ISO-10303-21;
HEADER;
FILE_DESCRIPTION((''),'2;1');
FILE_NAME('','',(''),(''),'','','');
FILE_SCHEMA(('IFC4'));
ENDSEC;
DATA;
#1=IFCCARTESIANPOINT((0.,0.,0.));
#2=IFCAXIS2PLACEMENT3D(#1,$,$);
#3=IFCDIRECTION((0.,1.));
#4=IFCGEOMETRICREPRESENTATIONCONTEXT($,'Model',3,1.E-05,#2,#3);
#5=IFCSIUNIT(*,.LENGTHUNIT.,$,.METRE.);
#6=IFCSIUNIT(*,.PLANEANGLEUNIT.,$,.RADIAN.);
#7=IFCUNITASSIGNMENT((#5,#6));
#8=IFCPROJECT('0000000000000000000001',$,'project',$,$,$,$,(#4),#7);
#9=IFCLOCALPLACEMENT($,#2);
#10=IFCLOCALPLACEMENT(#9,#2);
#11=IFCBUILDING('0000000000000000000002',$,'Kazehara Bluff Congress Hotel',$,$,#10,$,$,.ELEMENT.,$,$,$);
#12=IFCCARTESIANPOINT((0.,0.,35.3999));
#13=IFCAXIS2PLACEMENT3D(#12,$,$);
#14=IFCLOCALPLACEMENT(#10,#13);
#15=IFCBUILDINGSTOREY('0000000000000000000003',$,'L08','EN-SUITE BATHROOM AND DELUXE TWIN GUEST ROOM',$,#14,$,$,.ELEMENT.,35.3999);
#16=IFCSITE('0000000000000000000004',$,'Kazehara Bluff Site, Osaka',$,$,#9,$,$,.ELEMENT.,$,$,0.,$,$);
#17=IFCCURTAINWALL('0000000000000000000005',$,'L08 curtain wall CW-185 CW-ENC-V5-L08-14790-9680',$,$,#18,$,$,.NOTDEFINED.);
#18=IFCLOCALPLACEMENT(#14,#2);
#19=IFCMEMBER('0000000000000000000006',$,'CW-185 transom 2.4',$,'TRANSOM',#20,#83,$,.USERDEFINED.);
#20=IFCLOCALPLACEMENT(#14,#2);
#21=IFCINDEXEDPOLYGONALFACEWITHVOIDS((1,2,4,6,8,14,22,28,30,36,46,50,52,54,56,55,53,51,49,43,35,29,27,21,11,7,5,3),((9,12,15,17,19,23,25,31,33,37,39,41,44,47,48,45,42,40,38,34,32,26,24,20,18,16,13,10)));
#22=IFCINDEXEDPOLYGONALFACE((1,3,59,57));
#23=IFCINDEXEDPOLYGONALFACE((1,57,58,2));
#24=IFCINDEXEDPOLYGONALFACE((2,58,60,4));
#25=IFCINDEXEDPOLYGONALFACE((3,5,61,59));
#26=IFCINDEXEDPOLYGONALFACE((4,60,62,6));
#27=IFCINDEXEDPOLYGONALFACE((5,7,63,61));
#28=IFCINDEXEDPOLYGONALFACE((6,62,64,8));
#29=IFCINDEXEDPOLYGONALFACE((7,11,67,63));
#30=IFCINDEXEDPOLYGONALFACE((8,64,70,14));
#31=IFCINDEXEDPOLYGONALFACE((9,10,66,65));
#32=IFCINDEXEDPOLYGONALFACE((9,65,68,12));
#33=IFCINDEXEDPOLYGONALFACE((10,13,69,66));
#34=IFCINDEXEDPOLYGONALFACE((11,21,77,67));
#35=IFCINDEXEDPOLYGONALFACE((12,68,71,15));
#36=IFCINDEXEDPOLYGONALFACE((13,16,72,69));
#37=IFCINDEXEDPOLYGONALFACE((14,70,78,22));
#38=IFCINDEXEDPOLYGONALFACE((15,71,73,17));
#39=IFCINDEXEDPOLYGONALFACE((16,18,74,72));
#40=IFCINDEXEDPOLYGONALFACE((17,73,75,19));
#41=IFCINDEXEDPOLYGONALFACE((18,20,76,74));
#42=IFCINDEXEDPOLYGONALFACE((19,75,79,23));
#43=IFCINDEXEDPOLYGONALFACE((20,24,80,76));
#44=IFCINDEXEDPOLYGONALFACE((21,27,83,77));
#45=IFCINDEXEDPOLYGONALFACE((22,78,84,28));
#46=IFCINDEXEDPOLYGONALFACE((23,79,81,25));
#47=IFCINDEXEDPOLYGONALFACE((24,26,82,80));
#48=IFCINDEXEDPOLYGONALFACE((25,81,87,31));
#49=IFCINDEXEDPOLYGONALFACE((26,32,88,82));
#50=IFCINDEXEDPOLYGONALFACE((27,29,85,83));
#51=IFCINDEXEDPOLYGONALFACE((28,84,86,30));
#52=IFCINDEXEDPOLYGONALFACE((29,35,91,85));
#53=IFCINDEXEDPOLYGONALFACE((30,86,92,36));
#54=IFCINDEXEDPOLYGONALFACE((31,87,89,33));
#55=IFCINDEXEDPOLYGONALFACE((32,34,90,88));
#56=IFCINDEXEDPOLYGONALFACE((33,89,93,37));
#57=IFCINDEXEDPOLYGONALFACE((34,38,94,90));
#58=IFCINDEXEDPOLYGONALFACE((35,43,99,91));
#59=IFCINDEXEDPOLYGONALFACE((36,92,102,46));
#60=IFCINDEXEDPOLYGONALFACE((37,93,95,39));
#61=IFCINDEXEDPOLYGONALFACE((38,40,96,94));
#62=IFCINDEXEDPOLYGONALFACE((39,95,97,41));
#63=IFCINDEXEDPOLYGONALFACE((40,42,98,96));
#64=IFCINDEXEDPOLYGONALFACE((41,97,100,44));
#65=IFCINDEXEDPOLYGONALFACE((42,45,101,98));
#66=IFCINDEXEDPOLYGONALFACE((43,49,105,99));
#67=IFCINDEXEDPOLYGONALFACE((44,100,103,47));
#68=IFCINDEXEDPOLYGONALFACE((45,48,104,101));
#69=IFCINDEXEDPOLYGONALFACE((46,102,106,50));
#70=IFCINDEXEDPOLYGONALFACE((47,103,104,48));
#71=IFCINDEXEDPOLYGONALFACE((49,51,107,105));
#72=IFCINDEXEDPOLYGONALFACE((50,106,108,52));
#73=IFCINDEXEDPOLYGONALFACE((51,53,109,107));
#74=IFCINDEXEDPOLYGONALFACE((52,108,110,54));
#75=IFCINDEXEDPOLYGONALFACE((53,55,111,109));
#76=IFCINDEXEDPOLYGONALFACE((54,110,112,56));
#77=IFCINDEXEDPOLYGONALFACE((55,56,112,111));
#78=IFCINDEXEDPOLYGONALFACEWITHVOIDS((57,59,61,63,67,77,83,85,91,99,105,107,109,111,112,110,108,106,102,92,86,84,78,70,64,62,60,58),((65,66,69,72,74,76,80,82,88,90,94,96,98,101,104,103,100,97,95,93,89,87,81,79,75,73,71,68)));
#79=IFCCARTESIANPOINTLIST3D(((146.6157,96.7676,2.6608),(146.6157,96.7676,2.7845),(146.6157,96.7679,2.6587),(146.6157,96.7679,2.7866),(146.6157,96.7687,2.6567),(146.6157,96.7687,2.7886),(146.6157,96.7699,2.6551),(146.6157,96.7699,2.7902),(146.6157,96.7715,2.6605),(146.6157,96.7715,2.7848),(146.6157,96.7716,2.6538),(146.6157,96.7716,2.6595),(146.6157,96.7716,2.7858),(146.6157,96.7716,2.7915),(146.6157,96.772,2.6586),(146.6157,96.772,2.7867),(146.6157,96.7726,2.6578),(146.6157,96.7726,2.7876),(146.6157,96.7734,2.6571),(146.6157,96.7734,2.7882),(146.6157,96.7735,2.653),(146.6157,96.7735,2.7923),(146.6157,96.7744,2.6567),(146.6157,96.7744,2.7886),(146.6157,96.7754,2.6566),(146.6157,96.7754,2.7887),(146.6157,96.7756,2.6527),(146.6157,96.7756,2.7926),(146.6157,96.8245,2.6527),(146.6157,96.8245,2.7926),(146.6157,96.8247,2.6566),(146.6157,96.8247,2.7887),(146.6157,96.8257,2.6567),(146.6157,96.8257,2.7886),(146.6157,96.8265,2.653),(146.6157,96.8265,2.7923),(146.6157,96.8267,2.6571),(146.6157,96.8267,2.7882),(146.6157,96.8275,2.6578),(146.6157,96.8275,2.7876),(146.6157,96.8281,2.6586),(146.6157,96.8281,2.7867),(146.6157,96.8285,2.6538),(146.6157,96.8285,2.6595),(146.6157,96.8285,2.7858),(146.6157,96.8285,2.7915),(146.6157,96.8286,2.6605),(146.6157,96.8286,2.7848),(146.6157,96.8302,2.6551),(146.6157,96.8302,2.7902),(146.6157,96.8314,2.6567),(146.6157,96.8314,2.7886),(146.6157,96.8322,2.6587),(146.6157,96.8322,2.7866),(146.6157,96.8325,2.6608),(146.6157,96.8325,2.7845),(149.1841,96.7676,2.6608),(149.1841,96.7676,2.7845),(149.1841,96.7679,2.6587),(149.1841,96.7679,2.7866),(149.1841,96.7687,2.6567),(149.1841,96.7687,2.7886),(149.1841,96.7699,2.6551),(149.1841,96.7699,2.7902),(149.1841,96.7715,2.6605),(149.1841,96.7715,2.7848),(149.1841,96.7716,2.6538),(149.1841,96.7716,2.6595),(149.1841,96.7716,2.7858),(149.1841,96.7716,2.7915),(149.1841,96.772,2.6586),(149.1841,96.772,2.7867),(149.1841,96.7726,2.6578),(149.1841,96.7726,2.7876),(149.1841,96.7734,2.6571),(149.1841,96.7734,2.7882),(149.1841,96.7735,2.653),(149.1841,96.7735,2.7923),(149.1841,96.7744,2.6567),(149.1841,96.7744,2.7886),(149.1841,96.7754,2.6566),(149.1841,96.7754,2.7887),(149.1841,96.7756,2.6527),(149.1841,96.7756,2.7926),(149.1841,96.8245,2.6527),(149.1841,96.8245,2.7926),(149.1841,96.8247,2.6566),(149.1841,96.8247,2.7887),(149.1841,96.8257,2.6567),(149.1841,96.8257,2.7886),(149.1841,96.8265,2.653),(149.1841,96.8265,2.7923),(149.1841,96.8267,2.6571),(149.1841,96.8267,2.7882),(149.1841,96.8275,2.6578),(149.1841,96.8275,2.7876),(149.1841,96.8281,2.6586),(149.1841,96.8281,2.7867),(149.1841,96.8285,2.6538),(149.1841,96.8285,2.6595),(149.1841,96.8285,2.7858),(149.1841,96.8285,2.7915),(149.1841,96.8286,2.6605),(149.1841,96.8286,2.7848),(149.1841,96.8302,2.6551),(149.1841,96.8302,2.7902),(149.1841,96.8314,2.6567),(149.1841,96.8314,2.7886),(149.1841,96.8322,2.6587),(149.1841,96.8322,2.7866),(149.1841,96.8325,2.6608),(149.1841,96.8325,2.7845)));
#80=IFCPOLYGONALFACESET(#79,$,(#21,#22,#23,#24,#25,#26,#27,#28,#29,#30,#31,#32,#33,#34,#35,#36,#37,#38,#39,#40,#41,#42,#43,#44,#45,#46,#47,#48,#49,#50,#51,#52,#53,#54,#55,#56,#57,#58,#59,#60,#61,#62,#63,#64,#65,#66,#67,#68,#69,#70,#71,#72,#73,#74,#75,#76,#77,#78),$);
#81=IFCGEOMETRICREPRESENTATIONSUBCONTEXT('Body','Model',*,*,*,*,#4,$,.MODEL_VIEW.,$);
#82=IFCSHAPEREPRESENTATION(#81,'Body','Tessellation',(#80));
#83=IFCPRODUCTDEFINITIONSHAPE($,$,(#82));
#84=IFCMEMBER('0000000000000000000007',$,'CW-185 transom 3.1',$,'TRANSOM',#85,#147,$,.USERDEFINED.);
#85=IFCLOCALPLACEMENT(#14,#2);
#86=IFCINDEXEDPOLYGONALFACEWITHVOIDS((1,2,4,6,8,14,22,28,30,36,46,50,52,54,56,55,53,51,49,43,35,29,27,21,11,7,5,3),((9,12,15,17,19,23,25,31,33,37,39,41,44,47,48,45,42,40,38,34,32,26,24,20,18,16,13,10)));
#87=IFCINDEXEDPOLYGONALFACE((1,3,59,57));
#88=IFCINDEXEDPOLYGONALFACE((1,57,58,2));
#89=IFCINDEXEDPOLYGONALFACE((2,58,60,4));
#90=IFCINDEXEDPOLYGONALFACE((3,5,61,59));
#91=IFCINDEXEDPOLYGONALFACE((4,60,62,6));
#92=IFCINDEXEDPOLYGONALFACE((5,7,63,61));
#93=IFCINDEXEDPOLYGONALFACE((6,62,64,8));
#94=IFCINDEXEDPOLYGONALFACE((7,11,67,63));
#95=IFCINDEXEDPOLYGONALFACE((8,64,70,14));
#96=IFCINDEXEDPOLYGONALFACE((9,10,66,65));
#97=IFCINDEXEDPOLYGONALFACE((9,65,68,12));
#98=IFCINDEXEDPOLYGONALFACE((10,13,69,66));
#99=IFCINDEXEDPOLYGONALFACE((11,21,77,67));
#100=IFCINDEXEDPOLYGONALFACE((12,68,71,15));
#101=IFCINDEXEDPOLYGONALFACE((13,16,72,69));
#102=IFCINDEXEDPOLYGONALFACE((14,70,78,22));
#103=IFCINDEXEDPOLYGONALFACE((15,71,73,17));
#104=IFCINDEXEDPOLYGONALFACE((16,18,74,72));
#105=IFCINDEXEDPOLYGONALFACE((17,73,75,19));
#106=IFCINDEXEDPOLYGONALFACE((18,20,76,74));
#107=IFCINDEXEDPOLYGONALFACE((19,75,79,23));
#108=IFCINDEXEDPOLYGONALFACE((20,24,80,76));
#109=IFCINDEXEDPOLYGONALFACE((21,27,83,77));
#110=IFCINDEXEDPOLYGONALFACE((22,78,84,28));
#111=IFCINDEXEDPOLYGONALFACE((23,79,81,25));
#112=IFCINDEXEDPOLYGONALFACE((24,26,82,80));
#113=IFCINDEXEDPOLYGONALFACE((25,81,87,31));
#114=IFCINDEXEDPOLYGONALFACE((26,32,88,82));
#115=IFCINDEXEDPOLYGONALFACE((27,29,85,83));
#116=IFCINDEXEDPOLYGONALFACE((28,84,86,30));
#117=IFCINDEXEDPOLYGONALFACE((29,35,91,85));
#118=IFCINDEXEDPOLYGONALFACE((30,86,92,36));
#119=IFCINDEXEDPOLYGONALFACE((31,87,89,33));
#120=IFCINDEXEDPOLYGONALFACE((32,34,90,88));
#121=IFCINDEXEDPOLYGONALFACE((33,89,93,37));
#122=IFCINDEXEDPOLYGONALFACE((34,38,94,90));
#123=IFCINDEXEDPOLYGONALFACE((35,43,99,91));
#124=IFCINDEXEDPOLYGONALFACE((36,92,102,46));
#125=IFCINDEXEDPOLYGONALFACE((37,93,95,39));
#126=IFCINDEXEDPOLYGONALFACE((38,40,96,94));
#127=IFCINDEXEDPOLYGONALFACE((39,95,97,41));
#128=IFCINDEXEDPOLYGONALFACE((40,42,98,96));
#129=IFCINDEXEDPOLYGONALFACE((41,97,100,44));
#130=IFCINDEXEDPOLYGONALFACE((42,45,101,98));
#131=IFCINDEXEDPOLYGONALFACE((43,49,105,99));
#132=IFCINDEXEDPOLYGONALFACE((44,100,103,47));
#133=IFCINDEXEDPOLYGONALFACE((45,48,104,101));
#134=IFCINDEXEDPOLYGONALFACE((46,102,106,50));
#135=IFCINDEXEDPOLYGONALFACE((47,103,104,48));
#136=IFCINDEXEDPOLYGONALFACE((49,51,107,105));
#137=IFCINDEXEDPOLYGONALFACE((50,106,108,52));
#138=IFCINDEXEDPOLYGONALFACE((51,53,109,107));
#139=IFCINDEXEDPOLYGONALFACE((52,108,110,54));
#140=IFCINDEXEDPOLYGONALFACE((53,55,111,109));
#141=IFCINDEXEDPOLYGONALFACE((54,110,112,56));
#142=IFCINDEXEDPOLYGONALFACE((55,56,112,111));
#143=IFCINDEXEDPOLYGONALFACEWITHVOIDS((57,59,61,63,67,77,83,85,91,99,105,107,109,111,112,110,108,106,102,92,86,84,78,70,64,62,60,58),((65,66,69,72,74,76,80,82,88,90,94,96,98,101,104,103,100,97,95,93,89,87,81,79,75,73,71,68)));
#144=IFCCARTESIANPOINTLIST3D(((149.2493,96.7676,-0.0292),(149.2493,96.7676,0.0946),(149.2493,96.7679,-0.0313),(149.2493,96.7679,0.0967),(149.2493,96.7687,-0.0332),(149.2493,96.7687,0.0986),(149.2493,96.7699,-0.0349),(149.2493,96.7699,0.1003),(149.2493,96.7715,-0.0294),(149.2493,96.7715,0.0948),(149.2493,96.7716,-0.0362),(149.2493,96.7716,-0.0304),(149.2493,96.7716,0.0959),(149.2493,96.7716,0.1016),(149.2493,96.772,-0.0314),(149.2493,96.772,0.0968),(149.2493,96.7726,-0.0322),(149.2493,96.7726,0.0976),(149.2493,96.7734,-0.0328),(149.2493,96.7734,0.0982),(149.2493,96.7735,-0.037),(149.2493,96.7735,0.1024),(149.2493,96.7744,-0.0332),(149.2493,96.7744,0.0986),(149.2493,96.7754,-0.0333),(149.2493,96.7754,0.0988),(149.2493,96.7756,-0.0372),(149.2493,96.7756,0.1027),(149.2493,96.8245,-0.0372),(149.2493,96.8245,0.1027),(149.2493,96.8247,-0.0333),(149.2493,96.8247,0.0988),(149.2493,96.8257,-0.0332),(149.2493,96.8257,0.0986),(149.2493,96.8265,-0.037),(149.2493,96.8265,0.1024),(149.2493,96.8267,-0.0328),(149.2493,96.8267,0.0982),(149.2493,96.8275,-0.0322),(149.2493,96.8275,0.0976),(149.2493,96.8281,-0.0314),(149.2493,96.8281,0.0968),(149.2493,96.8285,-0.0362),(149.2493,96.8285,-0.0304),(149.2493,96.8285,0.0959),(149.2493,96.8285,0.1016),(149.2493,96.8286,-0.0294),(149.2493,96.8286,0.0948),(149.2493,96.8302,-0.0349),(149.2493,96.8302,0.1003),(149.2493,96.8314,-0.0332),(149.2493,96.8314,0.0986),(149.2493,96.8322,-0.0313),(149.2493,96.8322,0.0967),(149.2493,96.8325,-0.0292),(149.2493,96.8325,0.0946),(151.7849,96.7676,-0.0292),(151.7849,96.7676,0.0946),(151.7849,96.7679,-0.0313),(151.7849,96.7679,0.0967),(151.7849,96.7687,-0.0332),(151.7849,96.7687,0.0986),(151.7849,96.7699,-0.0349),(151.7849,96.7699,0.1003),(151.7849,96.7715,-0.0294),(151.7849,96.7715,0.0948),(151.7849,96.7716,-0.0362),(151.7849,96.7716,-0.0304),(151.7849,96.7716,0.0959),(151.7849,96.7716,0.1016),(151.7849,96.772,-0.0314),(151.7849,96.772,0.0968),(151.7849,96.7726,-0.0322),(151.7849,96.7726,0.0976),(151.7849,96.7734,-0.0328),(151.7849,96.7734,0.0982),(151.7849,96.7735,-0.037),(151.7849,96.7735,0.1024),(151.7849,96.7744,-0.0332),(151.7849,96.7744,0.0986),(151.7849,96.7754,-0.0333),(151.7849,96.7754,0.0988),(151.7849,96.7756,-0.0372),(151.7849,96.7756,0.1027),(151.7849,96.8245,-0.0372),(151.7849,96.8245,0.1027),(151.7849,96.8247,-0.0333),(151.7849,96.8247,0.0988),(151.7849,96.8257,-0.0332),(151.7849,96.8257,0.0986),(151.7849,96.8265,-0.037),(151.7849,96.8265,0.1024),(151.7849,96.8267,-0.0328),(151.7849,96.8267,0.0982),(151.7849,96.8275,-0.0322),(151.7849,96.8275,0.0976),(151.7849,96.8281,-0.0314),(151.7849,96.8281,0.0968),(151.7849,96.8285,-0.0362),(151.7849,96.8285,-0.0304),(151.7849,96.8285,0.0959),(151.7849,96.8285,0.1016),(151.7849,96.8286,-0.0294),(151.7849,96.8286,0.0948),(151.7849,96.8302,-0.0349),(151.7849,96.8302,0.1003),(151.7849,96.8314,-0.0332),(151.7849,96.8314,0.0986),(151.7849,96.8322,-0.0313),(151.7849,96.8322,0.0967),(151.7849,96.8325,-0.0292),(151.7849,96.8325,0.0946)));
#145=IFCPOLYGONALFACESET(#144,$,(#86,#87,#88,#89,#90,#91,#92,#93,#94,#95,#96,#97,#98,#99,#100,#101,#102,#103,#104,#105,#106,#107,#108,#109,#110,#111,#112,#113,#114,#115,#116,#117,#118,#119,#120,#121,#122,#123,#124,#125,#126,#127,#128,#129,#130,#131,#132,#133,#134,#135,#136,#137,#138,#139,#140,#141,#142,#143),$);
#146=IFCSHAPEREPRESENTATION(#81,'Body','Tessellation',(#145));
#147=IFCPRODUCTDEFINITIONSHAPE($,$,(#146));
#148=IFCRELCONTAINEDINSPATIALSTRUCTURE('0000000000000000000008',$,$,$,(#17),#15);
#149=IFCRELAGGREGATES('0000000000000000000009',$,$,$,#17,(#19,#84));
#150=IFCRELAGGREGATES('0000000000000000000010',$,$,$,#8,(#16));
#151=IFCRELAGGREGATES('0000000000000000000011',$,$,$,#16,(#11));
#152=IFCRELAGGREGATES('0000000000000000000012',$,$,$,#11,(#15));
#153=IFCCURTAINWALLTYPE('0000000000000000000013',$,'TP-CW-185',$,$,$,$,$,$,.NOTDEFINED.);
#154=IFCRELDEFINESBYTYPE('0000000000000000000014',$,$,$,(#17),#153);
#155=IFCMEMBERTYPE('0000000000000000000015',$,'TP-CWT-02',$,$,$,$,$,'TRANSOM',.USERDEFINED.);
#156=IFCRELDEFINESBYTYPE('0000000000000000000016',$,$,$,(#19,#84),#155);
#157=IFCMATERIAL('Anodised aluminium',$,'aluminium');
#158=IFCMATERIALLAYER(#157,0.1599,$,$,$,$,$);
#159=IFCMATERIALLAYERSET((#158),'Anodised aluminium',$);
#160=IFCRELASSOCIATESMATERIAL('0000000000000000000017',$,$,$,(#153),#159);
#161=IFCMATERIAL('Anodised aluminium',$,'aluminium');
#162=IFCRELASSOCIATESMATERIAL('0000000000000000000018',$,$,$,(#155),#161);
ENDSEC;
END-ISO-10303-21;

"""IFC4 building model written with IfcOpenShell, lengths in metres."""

from ifc_helpers import new_model, si_unit, direction, frame, origin, origin_2d, place, context, subcontext, project, spatial, hollow_rectangle, extrude, material, layer, layer_set, material_profile, profile_set, type_object, element, aggregate, save


model = new_model("IFC4")

# Units and contexts
model_context = context("Model", 3, precision=1e-05, world=origin(), true_north=direction((0.0, 1.0)))
body_context = subcontext(model_context, "Body", "Model", "MODEL_VIEW")
ifc_project = project(units=[si_unit("LENGTHUNIT", "METRE"), si_unit("PLANEANGLEUNIT", "RADIAN")], contexts=[model_context])

# Site, building, storey
site_placement = place(None, origin())
site = spatial("IfcSite", under=ifc_project, at=site_placement, Name="Kazehara Bluff Site, Osaka", CompositionType="ELEMENT", RefElevation=0.0)
building_placement = place(site_placement, origin())
building = spatial("IfcBuilding", under=site, at=building_placement, Name="Kazehara Bluff Congress Hotel", CompositionType="ELEMENT")
storey_placement = place(building_placement, frame((0.0, 0.0, 35.3999)))
storey = spatial("IfcBuildingStorey", under=building, at=storey_placement, Name="L08", Description="EN-SUITE BATHROOM AND DELUXE TWIN GUEST ROOM", CompositionType="ELEMENT", Elevation=35.3999)

# Curtain wall
ifc_material_1 = material(Name="Anodised aluminium", Category="aluminium")
ifc_layer_1 = layer(ifc_material_1, 0.1599)
ifc_layer_set_1 = layer_set([ifc_layer_1], Name="Anodised aluminium")
curtain_wall_type = type_object("IfcCurtainWallType", Name="TP-CW-185", PredefinedType="NOTDEFINED", material=ifc_layer_set_1)
curtain_wall_1_placement = place(storey_placement, origin())
curtain_wall_1 = element("IfcCurtainWall", 1, at=curtain_wall_1_placement, inside=storey, type_object=curtain_wall_type, Name="L08 curtain wall CW-185 CW-ENC-V5-L08-14790-9680", PredefinedType="NOTDEFINED")

# Members
ifc_material_2 = material(Name="Anodised aluminium", Category="aluminium")
ifc_material_profile_1 = material_profile(ifc_material_2, hollow_rectangle(XDim=0.0649, YDim=0.1399, WallThickness=0.0039, InnerFilletRadius=0.0039, OuterFilletRadius=0.0081, at=origin_2d()))
ifc_profile_set_1 = profile_set([ifc_material_profile_1], Name="Anodised aluminium")
member_type_1 = type_object("IfcMemberType", Name="TP-CWT-02", ElementType="TRANSOM", PredefinedType="USERDEFINED", material=ifc_profile_set_1)
member_1_placement = place(storey_placement, frame((146.6157, 96.8, 2.7227), z_axis=(1.0, 0.0, 0.0), x_axis=(0.0, 1.0, 0.0)))
member_1 = element("IfcMember", 2, at=member_1_placement, type_object=member_type_1, Name="CW-185 transom 2.4", ObjectType="TRANSOM", PredefinedType="USERDEFINED", context=body_context, shape_type="SweptSolid", body=[
    extrude(hollow_rectangle(XDim=0.0649, YDim=0.1399, WallThickness=0.0039, InnerFilletRadius=0.0039, OuterFilletRadius=0.0081, at=origin_2d()), origin(), (0.0, 0.0, 1.0), 2.5684),
])
member_2_placement = place(storey_placement, frame((149.2493, 96.8, 0.0327), z_axis=(1.0, 0.0, 0.0), x_axis=(0.0, 1.0, 0.0)))
member_2 = element("IfcMember", 3, at=member_2_placement, type_object=member_type_1, Name="CW-185 transom 3.1", ObjectType="TRANSOM", PredefinedType="USERDEFINED", context=body_context, shape_type="SweptSolid", body=[
    extrude(hollow_rectangle(XDim=0.0649, YDim=0.1399, WallThickness=0.0039, InnerFilletRadius=0.0039, OuterFilletRadius=0.0081, at=origin_2d()), origin(), (0.0, 0.0, 1.0), 2.5356),
])

aggregate(curtain_wall_1, [member_1, member_2])

save(model, "model.ifc")
